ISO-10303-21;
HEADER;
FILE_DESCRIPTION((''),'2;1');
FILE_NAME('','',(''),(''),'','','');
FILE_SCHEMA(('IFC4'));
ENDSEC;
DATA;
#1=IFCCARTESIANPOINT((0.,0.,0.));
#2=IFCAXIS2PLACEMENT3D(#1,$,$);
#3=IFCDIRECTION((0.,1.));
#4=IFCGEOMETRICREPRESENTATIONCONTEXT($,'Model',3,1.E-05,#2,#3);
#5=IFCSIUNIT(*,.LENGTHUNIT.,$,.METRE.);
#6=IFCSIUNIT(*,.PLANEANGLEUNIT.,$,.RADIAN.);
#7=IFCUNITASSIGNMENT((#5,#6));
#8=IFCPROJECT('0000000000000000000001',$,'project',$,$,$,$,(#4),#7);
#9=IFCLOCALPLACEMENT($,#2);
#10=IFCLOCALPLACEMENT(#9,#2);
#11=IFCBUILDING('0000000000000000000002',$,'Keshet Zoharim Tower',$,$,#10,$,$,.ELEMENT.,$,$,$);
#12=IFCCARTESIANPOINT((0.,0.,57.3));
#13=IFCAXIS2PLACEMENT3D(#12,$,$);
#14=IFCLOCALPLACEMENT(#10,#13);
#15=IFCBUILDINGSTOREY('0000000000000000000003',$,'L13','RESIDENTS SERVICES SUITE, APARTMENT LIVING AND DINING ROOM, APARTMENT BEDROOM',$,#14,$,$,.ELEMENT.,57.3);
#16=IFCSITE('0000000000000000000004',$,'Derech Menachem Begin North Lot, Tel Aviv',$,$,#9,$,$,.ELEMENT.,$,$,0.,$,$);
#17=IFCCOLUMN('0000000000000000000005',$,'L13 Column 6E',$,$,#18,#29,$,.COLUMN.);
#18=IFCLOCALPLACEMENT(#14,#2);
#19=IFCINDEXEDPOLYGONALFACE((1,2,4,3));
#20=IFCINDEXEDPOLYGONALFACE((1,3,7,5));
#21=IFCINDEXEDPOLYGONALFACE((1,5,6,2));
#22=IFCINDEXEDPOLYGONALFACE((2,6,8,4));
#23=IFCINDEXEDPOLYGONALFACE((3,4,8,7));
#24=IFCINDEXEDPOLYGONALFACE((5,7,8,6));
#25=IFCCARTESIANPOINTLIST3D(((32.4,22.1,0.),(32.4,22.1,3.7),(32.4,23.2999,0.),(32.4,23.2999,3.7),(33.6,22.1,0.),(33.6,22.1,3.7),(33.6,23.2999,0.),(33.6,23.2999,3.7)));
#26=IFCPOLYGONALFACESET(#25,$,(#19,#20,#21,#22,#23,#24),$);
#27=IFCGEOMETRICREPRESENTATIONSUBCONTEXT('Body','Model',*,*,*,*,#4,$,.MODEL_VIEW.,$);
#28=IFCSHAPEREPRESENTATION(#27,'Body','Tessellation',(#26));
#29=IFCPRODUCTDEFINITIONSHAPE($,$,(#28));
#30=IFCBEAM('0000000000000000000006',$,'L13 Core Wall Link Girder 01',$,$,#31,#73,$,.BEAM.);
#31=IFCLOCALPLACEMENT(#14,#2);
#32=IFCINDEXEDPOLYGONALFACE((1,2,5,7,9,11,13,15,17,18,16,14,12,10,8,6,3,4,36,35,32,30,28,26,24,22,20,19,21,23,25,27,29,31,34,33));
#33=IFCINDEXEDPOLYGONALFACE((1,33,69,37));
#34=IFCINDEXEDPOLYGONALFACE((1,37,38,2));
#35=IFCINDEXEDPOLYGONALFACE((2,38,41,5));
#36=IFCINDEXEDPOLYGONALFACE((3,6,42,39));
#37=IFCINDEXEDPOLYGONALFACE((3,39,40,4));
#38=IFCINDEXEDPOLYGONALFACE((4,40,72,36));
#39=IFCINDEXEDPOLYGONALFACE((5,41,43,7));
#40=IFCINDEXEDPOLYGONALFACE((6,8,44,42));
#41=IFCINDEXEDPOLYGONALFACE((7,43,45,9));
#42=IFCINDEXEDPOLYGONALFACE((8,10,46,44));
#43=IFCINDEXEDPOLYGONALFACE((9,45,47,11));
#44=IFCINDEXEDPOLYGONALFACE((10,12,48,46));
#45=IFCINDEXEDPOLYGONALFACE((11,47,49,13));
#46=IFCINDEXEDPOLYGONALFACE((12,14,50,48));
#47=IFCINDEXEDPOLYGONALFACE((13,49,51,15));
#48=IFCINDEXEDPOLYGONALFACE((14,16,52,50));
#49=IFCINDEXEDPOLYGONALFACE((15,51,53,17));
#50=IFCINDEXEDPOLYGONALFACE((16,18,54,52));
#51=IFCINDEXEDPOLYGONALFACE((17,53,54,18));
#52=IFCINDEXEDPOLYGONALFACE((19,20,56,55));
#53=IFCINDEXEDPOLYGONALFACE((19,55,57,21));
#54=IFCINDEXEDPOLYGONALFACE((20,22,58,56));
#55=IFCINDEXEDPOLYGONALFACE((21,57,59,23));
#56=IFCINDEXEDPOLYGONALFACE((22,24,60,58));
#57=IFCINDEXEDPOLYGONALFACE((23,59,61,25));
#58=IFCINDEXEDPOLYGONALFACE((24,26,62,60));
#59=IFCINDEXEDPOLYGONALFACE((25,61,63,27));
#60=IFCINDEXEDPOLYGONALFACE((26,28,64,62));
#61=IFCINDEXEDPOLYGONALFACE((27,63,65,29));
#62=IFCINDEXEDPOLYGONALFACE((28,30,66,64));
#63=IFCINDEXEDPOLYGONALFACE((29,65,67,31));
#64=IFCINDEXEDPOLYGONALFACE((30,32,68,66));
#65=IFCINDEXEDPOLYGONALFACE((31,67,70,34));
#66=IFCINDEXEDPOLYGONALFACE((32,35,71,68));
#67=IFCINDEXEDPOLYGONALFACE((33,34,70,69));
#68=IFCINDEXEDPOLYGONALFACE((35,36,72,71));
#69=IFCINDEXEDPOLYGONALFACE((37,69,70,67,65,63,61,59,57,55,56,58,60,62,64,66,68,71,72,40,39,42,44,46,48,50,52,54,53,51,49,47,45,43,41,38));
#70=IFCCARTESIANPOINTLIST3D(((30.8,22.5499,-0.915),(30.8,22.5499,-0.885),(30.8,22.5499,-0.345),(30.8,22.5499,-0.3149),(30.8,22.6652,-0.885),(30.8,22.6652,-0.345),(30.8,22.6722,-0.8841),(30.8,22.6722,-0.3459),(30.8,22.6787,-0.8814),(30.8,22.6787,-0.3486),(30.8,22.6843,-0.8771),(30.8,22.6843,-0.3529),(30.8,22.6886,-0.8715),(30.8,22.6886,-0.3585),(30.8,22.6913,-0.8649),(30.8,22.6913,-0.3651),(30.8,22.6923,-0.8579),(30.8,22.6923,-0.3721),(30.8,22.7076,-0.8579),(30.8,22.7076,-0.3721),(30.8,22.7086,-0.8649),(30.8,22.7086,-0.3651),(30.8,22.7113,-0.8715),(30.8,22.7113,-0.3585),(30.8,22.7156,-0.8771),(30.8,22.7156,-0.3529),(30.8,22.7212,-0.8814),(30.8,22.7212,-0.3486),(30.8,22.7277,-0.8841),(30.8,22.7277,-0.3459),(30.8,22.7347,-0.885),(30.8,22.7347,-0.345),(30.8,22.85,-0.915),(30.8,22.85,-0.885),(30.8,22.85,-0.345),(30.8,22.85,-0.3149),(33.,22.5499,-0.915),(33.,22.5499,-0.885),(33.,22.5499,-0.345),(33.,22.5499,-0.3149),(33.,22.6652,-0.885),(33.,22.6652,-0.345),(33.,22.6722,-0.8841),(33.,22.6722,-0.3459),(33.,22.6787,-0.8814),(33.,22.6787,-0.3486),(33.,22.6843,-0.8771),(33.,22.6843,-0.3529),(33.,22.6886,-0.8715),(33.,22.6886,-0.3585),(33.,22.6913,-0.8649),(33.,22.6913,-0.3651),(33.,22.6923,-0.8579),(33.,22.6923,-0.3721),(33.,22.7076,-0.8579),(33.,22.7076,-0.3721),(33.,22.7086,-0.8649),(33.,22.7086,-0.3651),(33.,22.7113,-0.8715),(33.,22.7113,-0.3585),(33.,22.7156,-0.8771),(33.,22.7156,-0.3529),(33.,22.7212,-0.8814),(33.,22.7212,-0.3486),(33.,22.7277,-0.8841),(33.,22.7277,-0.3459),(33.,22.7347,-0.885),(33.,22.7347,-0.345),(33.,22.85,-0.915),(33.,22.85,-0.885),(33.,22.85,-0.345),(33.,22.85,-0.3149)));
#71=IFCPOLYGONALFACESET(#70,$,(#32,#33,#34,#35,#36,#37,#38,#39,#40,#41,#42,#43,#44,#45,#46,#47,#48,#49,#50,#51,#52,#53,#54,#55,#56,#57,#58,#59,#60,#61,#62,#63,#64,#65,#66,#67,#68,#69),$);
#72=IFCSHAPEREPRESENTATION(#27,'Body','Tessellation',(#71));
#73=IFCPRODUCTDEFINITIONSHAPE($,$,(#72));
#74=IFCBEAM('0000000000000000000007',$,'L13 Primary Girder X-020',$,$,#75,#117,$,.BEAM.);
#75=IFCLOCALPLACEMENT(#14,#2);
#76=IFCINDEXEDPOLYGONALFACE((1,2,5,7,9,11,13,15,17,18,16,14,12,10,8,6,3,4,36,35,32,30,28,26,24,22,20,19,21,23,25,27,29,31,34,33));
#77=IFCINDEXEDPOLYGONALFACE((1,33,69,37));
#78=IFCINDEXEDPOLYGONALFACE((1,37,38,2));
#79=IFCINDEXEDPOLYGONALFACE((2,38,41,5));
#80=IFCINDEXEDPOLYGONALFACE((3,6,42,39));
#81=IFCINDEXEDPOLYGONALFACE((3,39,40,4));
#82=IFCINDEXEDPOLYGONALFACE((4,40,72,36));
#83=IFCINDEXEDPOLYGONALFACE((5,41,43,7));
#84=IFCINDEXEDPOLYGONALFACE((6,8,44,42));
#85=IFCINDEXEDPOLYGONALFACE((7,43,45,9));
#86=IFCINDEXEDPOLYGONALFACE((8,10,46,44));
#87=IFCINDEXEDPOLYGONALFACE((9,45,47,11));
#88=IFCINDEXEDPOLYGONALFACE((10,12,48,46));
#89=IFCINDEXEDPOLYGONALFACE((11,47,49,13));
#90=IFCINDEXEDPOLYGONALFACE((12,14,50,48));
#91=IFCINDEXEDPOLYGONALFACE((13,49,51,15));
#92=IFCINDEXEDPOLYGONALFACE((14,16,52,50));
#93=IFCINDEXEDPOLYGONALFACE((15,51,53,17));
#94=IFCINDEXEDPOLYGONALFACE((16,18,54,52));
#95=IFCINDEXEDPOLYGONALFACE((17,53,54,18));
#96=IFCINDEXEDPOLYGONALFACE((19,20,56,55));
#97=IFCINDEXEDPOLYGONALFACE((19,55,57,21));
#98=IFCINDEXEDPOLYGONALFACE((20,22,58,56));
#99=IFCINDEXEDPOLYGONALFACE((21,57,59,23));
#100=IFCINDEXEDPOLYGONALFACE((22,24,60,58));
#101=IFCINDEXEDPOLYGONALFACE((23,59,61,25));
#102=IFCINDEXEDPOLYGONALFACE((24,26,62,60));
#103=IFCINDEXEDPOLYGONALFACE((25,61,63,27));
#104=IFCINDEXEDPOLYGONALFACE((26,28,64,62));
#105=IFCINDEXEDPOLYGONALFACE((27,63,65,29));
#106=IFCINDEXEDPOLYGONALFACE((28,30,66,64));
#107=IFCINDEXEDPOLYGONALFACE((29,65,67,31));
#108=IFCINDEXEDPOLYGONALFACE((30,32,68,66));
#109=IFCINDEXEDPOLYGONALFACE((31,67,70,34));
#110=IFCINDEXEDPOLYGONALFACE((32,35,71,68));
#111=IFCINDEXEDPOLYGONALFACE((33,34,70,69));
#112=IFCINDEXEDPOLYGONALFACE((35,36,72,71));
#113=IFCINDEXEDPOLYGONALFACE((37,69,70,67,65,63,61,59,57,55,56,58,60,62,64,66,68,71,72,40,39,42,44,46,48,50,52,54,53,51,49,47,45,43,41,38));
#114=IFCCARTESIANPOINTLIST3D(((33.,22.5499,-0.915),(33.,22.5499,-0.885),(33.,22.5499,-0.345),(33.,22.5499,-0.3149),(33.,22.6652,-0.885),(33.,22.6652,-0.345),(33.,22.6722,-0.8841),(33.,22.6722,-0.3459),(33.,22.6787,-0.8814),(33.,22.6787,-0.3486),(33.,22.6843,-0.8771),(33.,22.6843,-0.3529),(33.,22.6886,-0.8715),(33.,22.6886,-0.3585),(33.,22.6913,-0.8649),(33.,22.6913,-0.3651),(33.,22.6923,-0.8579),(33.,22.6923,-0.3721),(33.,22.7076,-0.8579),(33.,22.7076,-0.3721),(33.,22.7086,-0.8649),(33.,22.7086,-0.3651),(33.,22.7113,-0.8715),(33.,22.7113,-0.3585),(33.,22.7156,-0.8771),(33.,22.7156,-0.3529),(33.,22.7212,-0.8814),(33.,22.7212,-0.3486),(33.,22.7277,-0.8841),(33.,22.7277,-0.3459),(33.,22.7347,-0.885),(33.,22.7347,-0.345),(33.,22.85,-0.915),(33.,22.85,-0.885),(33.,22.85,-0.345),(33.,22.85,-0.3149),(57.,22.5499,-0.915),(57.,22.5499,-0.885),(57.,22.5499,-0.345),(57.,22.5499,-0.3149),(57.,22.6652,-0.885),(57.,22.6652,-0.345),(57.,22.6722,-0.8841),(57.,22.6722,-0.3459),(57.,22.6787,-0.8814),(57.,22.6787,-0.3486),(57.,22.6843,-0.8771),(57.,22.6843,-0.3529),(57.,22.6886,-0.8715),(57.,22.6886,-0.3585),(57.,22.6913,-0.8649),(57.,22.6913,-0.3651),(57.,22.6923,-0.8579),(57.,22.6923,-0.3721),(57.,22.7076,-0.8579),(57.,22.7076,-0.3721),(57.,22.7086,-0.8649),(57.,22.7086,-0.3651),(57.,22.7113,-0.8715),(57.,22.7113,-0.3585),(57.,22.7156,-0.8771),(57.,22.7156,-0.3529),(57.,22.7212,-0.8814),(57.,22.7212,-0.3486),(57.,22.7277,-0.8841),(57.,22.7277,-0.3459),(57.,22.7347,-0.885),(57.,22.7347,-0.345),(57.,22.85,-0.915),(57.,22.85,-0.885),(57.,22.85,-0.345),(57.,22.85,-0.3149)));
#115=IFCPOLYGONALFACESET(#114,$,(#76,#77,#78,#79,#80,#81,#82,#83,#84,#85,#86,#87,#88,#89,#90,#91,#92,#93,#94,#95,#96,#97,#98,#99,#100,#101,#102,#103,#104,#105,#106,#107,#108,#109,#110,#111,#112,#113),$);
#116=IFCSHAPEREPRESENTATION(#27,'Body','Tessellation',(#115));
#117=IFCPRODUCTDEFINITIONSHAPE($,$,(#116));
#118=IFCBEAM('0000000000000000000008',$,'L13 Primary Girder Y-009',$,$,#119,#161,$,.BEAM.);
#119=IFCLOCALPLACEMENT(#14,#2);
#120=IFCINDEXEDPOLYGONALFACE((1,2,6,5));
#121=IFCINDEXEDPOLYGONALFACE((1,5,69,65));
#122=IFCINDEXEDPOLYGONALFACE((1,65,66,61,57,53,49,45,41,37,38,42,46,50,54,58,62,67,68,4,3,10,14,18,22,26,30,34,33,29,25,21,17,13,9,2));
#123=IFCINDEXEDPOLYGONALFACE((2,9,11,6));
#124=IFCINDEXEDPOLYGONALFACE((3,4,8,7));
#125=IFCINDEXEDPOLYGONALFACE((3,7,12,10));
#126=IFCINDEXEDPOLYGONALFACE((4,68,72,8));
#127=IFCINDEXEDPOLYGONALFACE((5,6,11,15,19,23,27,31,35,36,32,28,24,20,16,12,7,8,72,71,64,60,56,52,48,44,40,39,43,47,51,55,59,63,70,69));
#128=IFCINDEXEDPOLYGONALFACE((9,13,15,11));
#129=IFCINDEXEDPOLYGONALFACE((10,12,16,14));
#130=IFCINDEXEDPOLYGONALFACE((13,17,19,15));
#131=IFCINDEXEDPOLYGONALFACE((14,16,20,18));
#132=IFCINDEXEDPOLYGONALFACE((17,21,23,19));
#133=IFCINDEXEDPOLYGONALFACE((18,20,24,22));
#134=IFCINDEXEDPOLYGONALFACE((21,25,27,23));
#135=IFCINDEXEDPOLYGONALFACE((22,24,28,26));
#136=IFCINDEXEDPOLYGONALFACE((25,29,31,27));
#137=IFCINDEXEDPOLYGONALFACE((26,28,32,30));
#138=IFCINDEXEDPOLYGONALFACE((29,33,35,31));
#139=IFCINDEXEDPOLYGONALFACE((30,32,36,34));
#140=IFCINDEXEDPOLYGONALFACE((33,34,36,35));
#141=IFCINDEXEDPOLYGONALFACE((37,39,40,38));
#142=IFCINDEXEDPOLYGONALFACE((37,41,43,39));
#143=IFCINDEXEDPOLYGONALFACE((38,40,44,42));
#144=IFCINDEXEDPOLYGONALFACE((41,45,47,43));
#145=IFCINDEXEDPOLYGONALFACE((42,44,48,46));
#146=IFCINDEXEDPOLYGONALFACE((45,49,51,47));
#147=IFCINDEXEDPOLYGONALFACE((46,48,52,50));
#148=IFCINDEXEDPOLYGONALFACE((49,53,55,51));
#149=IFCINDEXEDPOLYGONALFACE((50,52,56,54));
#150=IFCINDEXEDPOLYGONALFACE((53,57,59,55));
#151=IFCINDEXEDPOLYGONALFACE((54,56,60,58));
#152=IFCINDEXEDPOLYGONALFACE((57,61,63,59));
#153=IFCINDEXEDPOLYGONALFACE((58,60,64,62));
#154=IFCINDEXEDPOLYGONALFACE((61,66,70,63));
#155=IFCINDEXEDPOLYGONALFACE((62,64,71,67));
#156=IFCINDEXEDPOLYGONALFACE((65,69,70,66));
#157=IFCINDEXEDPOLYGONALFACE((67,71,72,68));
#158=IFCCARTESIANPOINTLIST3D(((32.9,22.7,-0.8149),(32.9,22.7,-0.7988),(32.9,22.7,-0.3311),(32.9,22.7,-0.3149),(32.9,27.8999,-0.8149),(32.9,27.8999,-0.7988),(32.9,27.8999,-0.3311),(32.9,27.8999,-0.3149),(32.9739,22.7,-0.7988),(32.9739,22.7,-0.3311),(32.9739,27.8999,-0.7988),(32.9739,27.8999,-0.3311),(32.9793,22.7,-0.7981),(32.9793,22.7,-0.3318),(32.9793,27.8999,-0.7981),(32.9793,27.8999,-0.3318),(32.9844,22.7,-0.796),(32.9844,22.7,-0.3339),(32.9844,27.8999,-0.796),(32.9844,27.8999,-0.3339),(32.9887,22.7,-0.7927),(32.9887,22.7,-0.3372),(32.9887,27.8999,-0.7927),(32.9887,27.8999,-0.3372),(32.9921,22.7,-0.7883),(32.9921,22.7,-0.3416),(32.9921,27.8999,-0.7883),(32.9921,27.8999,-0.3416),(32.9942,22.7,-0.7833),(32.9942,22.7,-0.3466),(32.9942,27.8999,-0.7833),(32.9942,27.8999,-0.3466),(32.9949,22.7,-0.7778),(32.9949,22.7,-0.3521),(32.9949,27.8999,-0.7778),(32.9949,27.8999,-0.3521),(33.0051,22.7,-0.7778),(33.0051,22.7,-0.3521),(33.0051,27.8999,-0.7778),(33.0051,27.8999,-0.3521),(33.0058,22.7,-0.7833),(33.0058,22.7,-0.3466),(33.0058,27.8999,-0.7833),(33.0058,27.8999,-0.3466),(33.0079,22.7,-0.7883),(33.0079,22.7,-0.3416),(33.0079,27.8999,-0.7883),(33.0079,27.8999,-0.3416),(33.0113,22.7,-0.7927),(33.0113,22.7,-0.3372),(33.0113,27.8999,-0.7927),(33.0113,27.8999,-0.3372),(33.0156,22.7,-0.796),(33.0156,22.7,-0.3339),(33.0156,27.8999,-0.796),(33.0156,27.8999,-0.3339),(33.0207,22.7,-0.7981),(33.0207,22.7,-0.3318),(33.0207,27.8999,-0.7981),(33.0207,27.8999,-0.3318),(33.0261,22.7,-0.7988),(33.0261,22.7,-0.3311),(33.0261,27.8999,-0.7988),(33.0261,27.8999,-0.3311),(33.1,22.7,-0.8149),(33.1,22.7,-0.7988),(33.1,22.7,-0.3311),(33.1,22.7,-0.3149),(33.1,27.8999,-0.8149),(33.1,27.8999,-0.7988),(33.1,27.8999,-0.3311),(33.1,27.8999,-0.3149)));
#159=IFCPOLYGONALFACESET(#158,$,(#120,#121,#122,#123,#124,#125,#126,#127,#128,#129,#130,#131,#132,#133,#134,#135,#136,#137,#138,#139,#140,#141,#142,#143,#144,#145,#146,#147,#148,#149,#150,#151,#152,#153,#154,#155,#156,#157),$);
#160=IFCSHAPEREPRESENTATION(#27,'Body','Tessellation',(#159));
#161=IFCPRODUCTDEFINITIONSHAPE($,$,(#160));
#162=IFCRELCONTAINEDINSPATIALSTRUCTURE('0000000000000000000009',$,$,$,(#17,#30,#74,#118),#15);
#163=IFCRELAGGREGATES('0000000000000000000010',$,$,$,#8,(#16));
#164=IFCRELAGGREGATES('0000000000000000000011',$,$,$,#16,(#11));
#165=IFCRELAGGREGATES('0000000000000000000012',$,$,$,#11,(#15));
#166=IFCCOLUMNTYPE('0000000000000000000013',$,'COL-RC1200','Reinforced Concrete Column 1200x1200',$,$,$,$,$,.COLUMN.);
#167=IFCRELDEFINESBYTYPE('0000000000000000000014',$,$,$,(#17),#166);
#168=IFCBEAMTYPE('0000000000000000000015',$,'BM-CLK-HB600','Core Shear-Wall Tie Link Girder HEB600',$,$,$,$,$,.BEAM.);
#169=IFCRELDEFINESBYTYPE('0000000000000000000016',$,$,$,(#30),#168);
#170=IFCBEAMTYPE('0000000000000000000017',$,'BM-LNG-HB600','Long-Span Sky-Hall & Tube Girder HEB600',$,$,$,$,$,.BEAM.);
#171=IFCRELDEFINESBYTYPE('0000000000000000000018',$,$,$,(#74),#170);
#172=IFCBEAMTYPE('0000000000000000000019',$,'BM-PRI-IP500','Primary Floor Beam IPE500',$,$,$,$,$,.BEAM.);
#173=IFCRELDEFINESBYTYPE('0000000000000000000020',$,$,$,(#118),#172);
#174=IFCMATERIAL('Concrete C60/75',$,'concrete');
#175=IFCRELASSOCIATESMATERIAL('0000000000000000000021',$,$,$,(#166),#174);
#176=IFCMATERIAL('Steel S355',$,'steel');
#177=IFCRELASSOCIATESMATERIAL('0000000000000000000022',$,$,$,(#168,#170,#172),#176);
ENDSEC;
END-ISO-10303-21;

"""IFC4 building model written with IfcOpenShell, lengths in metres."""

from ifc_helpers import new_model, si_unit, direction, frame, origin, origin_2d, place, context, subcontext, project, spatial, rectangle, i_section, extrude, material, material_profile, profile_set, type_object, element, save


model = new_model("IFC4")

# Units and contexts
model_context = context("Model", 3, precision=1e-05, world=origin(), true_north=direction((0.0, 1.0)))
body_context = subcontext(model_context, "Body", "Model", "MODEL_VIEW")
ifc_project = project(units=[si_unit("LENGTHUNIT", "METRE"), si_unit("PLANEANGLEUNIT", "RADIAN")], contexts=[model_context])

# Site, building, storey
site_placement = place(None, origin())
site = spatial("IfcSite", under=ifc_project, at=site_placement, Name="Derech Menachem Begin North Lot, Tel Aviv", CompositionType="ELEMENT", RefElevation=0.0)
building_placement = place(site_placement, origin())
building = spatial("IfcBuilding", under=site, at=building_placement, Name="Keshet Zoharim Tower", CompositionType="ELEMENT")
storey_placement = place(building_placement, frame((0.0, 0.0, 57.3)))
storey = spatial("IfcBuildingStorey", under=building, at=storey_placement, Name="L13", Description="RESIDENTS SERVICES SUITE, APARTMENT LIVING AND DINING ROOM, APARTMENT BEDROOM", CompositionType="ELEMENT", Elevation=57.3)

# Column
ifc_material_1 = material(Name="Concrete C60/75", Category="concrete")
ifc_material_profile_1 = material_profile(ifc_material_1, rectangle(XDim=1.2, YDim=1.2, at=origin_2d()), Name="RC1200x1200")
ifc_profile_set_1 = profile_set([ifc_material_profile_1], Name="Concrete C60/75")
column_type = type_object("IfcColumnType", Name="COL-RC1200", Description="Reinforced Concrete Column 1200x1200", PredefinedType="COLUMN", material=ifc_profile_set_1)
column_placement = place(storey_placement, frame((33.0, 22.7, 0.0), z_axis=(0.0, 0.0, 1.0), x_axis=(1.0, 0.0, 0.0)))
element("IfcColumn", 1, at=column_placement, inside=storey, type_object=column_type, Name="L13 Column 6E", PredefinedType="COLUMN", context=body_context, shape_type="SweptSolid", body=[
    extrude(rectangle(XDim=1.2, YDim=1.2, at=origin_2d()), origin(), (0.0, 0.0, 1.0), 3.7),
])

# Beams
ifc_material_2 = material(Name="Steel S355", Category="steel")
ifc_material_profile_2 = material_profile(ifc_material_2, i_section(OverallWidth=0.3, OverallDepth=0.6001, WebThickness=0.0154, FlangeThickness=0.03, FilletRadius=0.0271, at=origin_2d()), Name="HEB600")
ifc_profile_set_2 = profile_set([ifc_material_profile_2], Name="Steel S355")
beam_type_1 = type_object("IfcBeamType", Name="BM-CLK-HB600", Description="Core Shear-Wall Tie Link Girder HEB600", PredefinedType="BEAM", material=ifc_profile_set_2)
beam_1_placement = place(storey_placement, frame((30.8, 22.7, -0.615), z_axis=(1.0, 0.0, 0.0), x_axis=(0.0, 1.0, 0.0)))
element("IfcBeam", 2, at=beam_1_placement, inside=storey, type_object=beam_type_1, Name="L13 Core Wall Link Girder 01", PredefinedType="BEAM", context=body_context, shape_type="SweptSolid", body=[
    extrude(i_section(OverallWidth=0.3, OverallDepth=0.6001, WebThickness=0.0154, FlangeThickness=0.03, FilletRadius=0.0271, at=origin_2d()), origin(), (0.0, 0.0, 1.0), 2.2),
])
ifc_material_profile_3 = material_profile(ifc_material_2, i_section(OverallWidth=0.3, OverallDepth=0.6001, WebThickness=0.0154, FlangeThickness=0.03, FilletRadius=0.0271, at=origin_2d()), Name="HEB600")
ifc_profile_set_3 = profile_set([ifc_material_profile_3], Name="Steel S355")
beam_type_2 = type_object("IfcBeamType", Name="BM-LNG-HB600", Description="Long-Span Sky-Hall & Tube Girder HEB600", PredefinedType="BEAM", material=ifc_profile_set_3)
beam_2_placement = place(storey_placement, frame((33.0, 22.7, -0.615), z_axis=(1.0, 0.0, 0.0), x_axis=(0.0, 1.0, 0.0)))
element("IfcBeam", 3, at=beam_2_placement, inside=storey, type_object=beam_type_2, Name="L13 Primary Girder X-020", PredefinedType="BEAM", context=body_context, shape_type="SweptSolid", body=[
    extrude(i_section(OverallWidth=0.3, OverallDepth=0.6001, WebThickness=0.0154, FlangeThickness=0.03, FilletRadius=0.0271, at=origin_2d()), origin(), (0.0, 0.0, 1.0), 24.0),
])
ifc_material_profile_4 = material_profile(ifc_material_2, i_section(OverallWidth=0.2, OverallDepth=0.5, WebThickness=0.0103, FlangeThickness=0.0161, FilletRadius=0.021, at=origin_2d()), Name="IPE500")
ifc_profile_set_4 = profile_set([ifc_material_profile_4], Name="Steel S355")
beam_type_3 = type_object("IfcBeamType", Name="BM-PRI-IP500", Description="Primary Floor Beam IPE500", PredefinedType="BEAM", material=ifc_profile_set_4)
beam_3_placement = place(storey_placement, frame((33.0, 22.7, -0.5649), z_axis=(0.0, 1.0, 0.0), x_axis=(-1.0, 0.0, 0.0)))
element("IfcBeam", 4, at=beam_3_placement, inside=storey, type_object=beam_type_3, Name="L13 Primary Girder Y-009", PredefinedType="BEAM", context=body_context, shape_type="SweptSolid", body=[
    extrude(i_section(OverallWidth=0.2, OverallDepth=0.5, WebThickness=0.0103, FlangeThickness=0.0161, FilletRadius=0.021, at=origin_2d()), origin(), (0.0, 0.0, 1.0), 5.2),
])

save(model, "model.ifc")
